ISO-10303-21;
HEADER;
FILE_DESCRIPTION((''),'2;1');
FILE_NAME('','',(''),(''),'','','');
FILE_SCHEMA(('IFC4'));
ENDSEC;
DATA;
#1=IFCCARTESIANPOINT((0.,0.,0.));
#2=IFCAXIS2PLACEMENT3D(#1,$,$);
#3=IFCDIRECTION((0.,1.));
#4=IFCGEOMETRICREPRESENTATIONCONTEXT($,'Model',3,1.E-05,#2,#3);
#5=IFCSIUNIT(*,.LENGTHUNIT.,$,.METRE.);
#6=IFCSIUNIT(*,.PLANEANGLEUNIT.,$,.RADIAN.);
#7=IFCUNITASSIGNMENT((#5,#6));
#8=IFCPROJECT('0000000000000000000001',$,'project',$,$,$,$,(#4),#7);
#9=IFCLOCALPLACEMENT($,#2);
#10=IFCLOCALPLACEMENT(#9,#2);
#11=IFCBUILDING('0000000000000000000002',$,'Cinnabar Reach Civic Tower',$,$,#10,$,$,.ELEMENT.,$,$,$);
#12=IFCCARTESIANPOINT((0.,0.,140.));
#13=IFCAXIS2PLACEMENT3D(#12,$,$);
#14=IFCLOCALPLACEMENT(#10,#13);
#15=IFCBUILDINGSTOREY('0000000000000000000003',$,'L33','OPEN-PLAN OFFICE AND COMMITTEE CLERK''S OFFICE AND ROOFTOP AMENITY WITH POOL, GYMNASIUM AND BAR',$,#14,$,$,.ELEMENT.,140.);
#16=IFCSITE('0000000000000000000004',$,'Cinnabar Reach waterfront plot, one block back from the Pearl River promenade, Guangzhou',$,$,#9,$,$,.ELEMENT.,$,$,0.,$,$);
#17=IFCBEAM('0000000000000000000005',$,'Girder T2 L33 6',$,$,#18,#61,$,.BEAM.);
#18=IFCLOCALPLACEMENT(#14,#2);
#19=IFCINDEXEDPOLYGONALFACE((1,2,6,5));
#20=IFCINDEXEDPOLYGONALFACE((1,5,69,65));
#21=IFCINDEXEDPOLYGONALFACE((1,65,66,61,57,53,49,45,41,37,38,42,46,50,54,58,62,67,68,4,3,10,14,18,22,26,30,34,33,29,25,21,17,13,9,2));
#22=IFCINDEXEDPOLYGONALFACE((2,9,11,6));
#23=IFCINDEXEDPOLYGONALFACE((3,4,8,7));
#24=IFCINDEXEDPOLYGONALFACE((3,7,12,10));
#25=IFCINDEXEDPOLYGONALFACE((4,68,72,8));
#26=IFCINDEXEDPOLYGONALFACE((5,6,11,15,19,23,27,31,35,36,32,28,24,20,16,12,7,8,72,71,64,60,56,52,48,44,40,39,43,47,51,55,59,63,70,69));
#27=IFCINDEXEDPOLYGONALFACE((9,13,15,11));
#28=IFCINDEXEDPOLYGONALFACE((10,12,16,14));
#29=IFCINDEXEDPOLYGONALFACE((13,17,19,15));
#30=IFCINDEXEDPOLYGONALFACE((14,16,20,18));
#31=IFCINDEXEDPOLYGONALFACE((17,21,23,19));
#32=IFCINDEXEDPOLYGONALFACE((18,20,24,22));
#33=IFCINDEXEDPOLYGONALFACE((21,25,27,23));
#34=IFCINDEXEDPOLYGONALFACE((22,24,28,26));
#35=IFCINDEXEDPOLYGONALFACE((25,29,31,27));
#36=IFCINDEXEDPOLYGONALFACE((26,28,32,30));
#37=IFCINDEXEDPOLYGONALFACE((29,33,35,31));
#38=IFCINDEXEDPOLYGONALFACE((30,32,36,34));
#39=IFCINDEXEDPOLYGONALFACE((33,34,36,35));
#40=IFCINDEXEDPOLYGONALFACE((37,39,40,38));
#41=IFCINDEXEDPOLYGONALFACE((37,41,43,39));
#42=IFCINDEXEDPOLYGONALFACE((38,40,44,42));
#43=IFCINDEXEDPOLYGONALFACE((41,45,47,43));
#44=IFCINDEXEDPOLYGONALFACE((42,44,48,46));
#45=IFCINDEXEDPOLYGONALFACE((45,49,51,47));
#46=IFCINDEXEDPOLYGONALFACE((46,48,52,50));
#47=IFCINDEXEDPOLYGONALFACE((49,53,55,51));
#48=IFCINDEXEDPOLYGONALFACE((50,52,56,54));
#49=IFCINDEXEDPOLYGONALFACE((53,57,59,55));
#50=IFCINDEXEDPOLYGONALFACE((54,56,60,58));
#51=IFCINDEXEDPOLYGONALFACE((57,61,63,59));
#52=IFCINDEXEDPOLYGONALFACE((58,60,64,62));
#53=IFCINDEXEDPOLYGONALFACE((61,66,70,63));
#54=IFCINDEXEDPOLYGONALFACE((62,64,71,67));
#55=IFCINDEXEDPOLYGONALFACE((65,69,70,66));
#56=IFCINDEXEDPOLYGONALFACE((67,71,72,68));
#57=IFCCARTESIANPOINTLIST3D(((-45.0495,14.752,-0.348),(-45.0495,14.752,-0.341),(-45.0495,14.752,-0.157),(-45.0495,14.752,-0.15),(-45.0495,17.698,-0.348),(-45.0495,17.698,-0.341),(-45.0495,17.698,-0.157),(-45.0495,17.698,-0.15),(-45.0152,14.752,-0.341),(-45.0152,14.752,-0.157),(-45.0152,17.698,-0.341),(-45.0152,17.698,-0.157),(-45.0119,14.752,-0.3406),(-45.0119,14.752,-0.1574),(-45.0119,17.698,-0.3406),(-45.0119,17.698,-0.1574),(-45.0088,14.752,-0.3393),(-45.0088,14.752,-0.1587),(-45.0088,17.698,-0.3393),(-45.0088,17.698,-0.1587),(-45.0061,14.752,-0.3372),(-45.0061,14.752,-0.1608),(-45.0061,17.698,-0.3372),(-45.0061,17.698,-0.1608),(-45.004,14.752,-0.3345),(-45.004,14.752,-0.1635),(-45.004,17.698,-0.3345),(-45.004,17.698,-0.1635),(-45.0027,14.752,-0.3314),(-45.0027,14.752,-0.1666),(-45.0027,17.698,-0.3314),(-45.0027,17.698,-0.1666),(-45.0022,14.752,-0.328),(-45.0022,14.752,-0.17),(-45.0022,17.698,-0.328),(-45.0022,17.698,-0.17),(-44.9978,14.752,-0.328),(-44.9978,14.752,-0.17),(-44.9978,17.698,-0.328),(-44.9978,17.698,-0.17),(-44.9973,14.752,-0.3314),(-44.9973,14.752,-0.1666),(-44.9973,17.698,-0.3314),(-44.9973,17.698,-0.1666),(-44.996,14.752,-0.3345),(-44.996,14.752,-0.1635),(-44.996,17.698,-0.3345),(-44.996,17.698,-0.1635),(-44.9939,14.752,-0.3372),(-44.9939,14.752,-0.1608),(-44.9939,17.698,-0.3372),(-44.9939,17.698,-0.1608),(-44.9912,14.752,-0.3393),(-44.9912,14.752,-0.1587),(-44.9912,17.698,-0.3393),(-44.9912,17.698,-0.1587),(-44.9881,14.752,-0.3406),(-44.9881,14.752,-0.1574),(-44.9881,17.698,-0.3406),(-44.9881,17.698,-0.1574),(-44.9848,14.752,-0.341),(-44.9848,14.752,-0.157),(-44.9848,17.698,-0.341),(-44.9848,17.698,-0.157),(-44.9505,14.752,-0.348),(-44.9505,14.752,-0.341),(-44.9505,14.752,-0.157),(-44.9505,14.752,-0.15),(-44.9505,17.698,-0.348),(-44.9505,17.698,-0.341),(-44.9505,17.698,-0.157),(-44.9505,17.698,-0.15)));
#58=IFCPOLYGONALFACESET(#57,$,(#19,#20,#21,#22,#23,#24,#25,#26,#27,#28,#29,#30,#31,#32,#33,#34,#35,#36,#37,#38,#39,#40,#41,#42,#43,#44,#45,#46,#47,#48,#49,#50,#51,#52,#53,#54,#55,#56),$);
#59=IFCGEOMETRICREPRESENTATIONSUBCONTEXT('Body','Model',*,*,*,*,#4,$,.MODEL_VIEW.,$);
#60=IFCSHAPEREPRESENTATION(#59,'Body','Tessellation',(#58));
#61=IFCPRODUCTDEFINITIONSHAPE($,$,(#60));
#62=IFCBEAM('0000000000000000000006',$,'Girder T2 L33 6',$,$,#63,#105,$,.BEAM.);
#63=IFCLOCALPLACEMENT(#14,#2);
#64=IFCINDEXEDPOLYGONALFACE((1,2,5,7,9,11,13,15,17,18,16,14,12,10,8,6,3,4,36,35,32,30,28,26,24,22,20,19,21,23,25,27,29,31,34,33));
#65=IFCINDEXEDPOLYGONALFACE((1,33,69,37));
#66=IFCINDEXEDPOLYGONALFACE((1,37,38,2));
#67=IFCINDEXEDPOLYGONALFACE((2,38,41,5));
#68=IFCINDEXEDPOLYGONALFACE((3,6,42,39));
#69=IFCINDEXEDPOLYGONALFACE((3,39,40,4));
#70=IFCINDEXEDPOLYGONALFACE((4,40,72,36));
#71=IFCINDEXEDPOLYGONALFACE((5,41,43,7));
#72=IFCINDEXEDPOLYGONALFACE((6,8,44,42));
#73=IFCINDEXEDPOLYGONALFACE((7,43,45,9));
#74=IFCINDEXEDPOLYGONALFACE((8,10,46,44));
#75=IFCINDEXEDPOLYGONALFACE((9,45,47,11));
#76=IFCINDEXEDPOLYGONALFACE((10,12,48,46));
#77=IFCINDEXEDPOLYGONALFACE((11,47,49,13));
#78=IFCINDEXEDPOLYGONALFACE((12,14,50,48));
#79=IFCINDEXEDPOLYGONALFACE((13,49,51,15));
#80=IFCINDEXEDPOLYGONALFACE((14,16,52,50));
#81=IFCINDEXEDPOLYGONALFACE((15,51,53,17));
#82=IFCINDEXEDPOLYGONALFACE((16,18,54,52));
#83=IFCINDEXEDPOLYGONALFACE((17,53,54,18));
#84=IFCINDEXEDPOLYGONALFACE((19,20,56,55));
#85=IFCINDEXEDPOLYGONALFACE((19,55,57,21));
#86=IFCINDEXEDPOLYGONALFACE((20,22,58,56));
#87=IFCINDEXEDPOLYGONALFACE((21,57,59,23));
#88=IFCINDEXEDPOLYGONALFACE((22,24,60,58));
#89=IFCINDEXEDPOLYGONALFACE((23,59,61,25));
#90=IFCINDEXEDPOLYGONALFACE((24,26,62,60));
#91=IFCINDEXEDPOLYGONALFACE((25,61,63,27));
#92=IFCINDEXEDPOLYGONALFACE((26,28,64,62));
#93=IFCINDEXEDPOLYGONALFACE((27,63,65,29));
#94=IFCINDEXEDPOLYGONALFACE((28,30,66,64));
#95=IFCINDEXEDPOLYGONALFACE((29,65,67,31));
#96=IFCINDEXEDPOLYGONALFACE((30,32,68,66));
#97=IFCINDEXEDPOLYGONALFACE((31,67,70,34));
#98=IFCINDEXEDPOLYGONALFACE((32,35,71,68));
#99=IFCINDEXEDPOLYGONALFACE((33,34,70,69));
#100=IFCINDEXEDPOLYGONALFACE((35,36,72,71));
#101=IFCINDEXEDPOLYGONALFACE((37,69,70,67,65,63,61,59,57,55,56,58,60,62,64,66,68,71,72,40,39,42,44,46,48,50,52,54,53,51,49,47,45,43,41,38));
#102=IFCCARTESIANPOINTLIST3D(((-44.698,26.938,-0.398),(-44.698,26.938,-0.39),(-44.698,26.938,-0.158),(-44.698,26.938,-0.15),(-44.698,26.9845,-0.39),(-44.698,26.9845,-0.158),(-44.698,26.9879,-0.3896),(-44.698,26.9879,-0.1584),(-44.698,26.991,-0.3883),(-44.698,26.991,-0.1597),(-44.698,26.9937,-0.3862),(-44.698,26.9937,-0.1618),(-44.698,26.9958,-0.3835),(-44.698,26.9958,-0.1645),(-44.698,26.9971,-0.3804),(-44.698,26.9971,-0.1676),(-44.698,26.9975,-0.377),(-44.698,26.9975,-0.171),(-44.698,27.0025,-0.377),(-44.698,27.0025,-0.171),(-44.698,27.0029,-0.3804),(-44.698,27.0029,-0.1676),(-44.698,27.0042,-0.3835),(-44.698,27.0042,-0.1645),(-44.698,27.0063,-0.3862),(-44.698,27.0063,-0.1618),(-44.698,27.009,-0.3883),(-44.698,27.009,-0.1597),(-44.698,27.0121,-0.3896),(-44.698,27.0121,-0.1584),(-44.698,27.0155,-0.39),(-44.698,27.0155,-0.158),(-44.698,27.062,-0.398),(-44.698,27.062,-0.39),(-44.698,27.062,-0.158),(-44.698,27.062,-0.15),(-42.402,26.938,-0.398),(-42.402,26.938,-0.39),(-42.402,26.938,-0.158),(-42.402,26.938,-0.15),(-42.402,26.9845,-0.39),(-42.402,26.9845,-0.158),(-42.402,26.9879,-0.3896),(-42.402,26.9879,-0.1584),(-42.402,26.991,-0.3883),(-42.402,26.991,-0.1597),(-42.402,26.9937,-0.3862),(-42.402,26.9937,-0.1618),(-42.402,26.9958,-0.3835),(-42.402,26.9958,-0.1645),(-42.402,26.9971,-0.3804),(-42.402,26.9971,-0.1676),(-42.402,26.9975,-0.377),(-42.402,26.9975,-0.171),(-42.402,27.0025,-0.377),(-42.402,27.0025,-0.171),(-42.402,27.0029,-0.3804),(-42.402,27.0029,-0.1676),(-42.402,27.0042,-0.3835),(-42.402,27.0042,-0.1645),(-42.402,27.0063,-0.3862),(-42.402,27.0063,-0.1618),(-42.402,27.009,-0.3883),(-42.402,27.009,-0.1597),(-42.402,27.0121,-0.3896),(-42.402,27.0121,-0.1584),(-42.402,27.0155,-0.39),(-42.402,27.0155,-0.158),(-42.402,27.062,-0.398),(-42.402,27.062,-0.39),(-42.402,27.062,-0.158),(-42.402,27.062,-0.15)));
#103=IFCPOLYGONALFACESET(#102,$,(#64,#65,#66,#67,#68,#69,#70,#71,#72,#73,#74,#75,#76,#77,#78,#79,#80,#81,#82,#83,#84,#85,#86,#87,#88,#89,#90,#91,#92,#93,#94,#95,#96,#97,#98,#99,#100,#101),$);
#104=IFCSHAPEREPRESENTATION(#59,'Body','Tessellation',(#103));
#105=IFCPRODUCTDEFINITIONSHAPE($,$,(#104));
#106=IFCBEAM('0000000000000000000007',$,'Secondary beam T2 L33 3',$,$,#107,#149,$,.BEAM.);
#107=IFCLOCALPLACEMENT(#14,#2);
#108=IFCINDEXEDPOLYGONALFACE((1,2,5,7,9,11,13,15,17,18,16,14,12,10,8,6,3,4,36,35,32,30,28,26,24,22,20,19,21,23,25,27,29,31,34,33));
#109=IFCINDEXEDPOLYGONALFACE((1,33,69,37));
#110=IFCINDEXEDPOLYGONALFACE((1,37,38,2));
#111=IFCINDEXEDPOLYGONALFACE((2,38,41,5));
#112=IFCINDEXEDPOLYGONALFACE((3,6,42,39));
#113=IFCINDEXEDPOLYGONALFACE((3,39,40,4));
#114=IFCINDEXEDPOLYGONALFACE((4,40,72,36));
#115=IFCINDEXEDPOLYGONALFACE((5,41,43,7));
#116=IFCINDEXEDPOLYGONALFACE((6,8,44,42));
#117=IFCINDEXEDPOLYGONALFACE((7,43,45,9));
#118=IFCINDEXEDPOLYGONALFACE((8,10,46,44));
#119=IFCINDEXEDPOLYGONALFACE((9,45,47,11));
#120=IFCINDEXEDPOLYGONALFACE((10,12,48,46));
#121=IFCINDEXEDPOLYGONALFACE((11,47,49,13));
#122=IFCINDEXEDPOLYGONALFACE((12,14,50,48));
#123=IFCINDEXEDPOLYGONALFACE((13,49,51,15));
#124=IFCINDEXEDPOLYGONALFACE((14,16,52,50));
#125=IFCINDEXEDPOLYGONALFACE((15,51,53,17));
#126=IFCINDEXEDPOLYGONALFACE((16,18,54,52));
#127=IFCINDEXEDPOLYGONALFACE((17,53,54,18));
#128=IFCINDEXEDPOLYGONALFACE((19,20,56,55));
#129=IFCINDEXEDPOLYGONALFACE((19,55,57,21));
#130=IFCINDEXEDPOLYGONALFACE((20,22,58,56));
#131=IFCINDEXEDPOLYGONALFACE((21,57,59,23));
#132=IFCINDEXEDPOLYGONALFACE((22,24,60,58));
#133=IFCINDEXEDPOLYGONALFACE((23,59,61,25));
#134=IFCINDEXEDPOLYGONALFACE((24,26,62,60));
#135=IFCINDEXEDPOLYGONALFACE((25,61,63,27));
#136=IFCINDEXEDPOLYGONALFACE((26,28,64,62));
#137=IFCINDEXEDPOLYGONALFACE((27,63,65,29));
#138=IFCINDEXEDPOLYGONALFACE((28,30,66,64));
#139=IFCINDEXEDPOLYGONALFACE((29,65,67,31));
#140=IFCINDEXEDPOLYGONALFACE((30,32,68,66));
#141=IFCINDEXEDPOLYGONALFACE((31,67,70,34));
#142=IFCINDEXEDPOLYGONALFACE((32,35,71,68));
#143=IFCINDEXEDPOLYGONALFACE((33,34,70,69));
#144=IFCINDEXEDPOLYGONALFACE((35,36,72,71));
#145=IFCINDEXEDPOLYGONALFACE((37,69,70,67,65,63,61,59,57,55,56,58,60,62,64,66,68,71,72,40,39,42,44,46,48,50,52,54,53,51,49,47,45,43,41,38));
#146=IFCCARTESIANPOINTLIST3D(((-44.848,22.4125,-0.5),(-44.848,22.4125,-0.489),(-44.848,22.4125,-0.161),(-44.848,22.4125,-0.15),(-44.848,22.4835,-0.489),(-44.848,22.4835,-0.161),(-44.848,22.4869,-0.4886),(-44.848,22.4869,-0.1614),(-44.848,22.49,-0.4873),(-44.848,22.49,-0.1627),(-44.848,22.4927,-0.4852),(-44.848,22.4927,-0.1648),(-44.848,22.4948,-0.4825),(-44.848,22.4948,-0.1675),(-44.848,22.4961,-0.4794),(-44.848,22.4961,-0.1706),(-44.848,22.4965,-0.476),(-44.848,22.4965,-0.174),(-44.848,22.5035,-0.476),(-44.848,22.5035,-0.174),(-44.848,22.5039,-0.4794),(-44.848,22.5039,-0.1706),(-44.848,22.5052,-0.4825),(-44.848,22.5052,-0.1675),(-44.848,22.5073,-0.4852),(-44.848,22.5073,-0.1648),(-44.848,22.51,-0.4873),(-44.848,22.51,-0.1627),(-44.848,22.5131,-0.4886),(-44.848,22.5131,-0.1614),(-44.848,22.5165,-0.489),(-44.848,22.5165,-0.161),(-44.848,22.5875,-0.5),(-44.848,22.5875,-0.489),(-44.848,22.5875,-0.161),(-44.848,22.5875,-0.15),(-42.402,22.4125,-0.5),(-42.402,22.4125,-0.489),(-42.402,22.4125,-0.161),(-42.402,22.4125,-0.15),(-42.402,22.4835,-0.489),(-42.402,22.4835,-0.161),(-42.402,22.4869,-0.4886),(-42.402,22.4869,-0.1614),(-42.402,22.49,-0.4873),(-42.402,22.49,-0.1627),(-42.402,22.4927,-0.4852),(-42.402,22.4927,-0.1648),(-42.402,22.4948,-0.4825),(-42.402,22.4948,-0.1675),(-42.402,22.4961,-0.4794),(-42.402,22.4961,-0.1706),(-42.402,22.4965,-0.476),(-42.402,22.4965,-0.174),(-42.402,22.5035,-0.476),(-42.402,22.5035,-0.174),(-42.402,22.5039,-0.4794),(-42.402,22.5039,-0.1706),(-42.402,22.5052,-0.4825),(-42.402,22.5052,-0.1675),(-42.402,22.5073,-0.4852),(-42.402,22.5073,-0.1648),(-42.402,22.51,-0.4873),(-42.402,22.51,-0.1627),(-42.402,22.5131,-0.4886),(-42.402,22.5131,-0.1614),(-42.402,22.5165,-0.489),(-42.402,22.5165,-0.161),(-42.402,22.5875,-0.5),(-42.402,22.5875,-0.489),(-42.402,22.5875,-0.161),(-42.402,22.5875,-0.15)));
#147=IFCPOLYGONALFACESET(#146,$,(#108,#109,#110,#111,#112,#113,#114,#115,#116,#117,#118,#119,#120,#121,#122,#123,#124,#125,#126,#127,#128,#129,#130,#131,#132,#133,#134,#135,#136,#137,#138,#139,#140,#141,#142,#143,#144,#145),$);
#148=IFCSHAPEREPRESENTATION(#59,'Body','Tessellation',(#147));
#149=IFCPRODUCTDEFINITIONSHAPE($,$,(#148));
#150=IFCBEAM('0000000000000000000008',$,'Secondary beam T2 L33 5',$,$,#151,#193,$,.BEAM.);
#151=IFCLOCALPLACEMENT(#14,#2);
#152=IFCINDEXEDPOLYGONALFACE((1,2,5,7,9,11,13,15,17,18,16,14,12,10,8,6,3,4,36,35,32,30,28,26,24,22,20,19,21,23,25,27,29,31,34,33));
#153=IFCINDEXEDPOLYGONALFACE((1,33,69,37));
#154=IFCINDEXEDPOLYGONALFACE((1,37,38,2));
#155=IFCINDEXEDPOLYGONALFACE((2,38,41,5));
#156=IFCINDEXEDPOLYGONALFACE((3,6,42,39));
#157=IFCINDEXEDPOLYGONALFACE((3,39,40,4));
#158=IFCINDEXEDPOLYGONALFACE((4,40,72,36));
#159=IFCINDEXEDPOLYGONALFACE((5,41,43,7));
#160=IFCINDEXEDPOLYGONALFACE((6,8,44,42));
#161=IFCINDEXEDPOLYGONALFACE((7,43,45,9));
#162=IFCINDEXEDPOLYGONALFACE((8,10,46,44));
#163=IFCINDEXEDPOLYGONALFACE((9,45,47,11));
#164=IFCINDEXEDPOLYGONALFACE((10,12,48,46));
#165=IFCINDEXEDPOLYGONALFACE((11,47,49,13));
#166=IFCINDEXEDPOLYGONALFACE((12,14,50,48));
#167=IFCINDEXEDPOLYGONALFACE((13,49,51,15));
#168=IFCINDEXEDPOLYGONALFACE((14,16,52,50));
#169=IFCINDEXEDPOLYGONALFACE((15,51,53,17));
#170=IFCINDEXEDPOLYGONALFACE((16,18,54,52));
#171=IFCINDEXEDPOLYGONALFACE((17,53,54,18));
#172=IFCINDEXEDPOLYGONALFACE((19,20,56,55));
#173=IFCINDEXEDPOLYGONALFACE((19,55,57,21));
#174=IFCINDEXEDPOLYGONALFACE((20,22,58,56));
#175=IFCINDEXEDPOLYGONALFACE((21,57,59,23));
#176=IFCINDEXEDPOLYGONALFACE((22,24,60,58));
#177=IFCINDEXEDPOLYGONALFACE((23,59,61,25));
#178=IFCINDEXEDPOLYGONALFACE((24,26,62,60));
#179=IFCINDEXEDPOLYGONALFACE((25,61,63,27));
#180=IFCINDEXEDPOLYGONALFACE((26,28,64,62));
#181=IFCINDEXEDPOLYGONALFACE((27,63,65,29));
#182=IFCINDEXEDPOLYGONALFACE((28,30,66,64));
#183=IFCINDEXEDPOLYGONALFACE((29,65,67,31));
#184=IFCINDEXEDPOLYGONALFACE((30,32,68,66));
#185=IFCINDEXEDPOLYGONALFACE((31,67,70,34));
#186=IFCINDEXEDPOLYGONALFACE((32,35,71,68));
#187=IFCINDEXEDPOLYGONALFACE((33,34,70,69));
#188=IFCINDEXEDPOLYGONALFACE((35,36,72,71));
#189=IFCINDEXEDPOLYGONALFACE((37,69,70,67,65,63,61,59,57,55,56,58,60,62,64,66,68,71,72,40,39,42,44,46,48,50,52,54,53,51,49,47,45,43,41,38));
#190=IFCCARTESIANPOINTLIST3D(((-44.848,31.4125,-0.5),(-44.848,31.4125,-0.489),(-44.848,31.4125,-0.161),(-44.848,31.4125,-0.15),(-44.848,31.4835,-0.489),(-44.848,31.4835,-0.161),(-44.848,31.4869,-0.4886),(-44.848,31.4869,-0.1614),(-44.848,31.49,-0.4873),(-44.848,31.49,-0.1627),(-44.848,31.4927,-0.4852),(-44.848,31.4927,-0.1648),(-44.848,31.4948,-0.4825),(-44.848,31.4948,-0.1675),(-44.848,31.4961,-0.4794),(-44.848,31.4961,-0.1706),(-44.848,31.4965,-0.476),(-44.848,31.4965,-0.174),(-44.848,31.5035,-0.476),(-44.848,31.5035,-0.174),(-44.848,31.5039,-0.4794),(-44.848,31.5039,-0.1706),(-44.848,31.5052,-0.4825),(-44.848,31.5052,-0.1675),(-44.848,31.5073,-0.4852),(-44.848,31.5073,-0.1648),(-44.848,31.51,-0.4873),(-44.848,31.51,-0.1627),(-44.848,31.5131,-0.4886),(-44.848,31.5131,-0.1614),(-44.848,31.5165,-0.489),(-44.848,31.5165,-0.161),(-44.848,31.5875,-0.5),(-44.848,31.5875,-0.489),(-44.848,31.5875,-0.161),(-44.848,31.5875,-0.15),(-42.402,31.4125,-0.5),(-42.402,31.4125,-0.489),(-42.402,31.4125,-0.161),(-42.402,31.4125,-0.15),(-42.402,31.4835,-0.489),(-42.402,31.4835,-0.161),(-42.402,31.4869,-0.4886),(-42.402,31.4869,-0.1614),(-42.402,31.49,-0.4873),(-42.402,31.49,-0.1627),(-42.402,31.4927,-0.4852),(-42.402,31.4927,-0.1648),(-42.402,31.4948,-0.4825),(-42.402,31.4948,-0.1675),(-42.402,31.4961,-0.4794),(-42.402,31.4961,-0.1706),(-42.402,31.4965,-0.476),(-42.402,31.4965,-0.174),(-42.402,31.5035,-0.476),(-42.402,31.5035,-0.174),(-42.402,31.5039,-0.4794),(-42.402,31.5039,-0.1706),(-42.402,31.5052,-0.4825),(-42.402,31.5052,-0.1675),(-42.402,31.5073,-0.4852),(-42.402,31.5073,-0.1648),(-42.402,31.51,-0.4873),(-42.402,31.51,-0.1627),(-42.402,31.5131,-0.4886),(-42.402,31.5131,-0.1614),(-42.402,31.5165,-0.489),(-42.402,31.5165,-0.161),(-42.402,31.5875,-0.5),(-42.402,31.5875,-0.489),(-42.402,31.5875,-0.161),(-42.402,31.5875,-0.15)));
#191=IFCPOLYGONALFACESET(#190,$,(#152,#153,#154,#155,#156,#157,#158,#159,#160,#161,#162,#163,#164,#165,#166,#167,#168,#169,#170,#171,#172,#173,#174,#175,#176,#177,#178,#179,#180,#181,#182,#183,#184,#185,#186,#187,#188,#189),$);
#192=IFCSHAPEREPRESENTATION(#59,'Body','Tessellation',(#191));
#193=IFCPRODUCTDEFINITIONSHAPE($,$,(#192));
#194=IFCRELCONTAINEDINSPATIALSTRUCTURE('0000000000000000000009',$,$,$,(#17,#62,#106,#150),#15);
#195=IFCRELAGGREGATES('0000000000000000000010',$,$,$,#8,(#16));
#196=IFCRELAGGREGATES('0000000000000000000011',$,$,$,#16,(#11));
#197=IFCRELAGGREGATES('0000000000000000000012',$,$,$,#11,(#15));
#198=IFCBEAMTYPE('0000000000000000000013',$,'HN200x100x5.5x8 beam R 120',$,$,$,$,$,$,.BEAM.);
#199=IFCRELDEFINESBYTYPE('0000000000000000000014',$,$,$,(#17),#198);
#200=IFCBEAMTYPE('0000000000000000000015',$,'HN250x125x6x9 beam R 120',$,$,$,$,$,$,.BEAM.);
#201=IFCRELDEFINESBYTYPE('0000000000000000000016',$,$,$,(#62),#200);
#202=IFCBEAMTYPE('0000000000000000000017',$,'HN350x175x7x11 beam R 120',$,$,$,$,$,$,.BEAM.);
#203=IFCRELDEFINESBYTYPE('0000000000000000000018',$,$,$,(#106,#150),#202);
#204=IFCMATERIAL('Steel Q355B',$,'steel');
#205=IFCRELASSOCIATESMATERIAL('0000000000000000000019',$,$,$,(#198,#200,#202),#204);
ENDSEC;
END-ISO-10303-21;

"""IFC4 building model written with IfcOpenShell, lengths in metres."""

from ifc_helpers import new_model, si_unit, direction, frame, origin, origin_2d, place, context, subcontext, project, spatial, i_section, extrude, material, material_profile, profile_set, type_object, element, save


model = new_model("IFC4")

# Units and contexts
model_context = context("Model", 3, precision=1e-05, world=origin(), true_north=direction((0.0, 1.0)))
body_context = subcontext(model_context, "Body", "Model", "MODEL_VIEW")
ifc_project = project(units=[si_unit("LENGTHUNIT", "METRE"), si_unit("PLANEANGLEUNIT", "RADIAN")], contexts=[model_context])

# Site, building, storey
site_placement = place(None, origin())
site = spatial("IfcSite", under=ifc_project, at=site_placement, Name="Cinnabar Reach waterfront plot, one block back from the Pearl River promenade, Guangzhou", CompositionType="ELEMENT", RefElevation=0.0)
building_placement = place(site_placement, origin())
building = spatial("IfcBuilding", under=site, at=building_placement, Name="Cinnabar Reach Civic Tower", CompositionType="ELEMENT")
storey_placement = place(building_placement, frame((0.0, 0.0, 140.0)))
storey = spatial("IfcBuildingStorey", under=building, at=storey_placement, Name="L33", Description="OPEN-PLAN OFFICE AND COMMITTEE CLERK'S OFFICE AND ROOFTOP AMENITY WITH POOL, GYMNASIUM AND BAR", CompositionType="ELEMENT", Elevation=140.0)

# Beams
ifc_material_1 = material(Name="Steel Q355B", Category="steel")
ifc_material_profile_1 = material_profile(ifc_material_1, i_section(OverallWidth=0.099, OverallDepth=0.198, WebThickness=0.0045, FlangeThickness=0.007, FilletRadius=0.013, at=origin_2d()), Name="HN200x100x5.5x8")
ifc_profile_set_1 = profile_set([ifc_material_profile_1], Name="Steel Q355B")
beam_type_1 = type_object("IfcBeamType", Name="HN200x100x5.5x8 beam R 120", PredefinedType="BEAM", material=ifc_profile_set_1)
beam_1_placement = place(storey_placement, frame((-45.0, 14.752, -0.249), z_axis=(0.0, 1.0, 0.0), x_axis=(-1.0, 0.0, 0.0)))
element("IfcBeam", 1, at=beam_1_placement, inside=storey, type_object=beam_type_1, Name="Girder T2 L33 6", PredefinedType="BEAM", context=body_context, shape_type="SweptSolid", body=[
    extrude(i_section(OverallWidth=0.099, OverallDepth=0.198, WebThickness=0.0045, FlangeThickness=0.007, FilletRadius=0.013, at=origin_2d()), origin(), (0.0, 0.0, 1.0), 2.946),
])
ifc_material_profile_2 = material_profile(ifc_material_1, i_section(OverallWidth=0.124, OverallDepth=0.248, WebThickness=0.005, FlangeThickness=0.008, FilletRadius=0.013, at=origin_2d()), Name="HN250x125x6x9")
ifc_profile_set_2 = profile_set([ifc_material_profile_2], Name="Steel Q355B")
beam_type_2 = type_object("IfcBeamType", Name="HN250x125x6x9 beam R 120", PredefinedType="BEAM", material=ifc_profile_set_2)
beam_2_placement = place(storey_placement, frame((-44.698, 27.0, -0.274), z_axis=(1.0, 0.0, 0.0), x_axis=(0.0, 1.0, 0.0)))
element("IfcBeam", 2, at=beam_2_placement, inside=storey, type_object=beam_type_2, Name="Girder T2 L33 6", PredefinedType="BEAM", context=body_context, shape_type="SweptSolid", body=[
    extrude(i_section(OverallWidth=0.124, OverallDepth=0.248, WebThickness=0.005, FlangeThickness=0.008, FilletRadius=0.013, at=origin_2d()), origin(), (0.0, 0.0, 1.0), 2.296),
])
ifc_material_profile_3 = material_profile(ifc_material_1, i_section(OverallWidth=0.175, OverallDepth=0.35, WebThickness=0.007, FlangeThickness=0.011, FilletRadius=0.013, at=origin_2d()), Name="HN350x175x7x11")
ifc_profile_set_3 = profile_set([ifc_material_profile_3], Name="Steel Q355B")
beam_type_3 = type_object("IfcBeamType", Name="HN350x175x7x11 beam R 120", PredefinedType="BEAM", material=ifc_profile_set_3)
for number, where, z_axis, x_axis, name in (
    (3, (-44.848, 22.5, -0.325), (1.0, 0.0, 0.0), (0.0, 1.0, 0.0), "Secondary beam T2 L33 3"),
    (4, (-44.848, 31.5, -0.325), (1.0, 0.0, 0.0), (0.0, 1.0, 0.0), "Secondary beam T2 L33 5"),
):
    element("IfcBeam", number, at=place(storey_placement, frame(where, z_axis=z_axis, x_axis=x_axis)), inside=storey, type_object=beam_type_3, Name=name, PredefinedType="BEAM", context=body_context, shape_type="SweptSolid", body=[
        extrude(i_section(OverallWidth=0.175, OverallDepth=0.35, WebThickness=0.007, FlangeThickness=0.011, FilletRadius=0.013, at=origin_2d()), origin(), (0.0, 0.0, 1.0), 2.446),
    ])

save(model, "model.ifc")
